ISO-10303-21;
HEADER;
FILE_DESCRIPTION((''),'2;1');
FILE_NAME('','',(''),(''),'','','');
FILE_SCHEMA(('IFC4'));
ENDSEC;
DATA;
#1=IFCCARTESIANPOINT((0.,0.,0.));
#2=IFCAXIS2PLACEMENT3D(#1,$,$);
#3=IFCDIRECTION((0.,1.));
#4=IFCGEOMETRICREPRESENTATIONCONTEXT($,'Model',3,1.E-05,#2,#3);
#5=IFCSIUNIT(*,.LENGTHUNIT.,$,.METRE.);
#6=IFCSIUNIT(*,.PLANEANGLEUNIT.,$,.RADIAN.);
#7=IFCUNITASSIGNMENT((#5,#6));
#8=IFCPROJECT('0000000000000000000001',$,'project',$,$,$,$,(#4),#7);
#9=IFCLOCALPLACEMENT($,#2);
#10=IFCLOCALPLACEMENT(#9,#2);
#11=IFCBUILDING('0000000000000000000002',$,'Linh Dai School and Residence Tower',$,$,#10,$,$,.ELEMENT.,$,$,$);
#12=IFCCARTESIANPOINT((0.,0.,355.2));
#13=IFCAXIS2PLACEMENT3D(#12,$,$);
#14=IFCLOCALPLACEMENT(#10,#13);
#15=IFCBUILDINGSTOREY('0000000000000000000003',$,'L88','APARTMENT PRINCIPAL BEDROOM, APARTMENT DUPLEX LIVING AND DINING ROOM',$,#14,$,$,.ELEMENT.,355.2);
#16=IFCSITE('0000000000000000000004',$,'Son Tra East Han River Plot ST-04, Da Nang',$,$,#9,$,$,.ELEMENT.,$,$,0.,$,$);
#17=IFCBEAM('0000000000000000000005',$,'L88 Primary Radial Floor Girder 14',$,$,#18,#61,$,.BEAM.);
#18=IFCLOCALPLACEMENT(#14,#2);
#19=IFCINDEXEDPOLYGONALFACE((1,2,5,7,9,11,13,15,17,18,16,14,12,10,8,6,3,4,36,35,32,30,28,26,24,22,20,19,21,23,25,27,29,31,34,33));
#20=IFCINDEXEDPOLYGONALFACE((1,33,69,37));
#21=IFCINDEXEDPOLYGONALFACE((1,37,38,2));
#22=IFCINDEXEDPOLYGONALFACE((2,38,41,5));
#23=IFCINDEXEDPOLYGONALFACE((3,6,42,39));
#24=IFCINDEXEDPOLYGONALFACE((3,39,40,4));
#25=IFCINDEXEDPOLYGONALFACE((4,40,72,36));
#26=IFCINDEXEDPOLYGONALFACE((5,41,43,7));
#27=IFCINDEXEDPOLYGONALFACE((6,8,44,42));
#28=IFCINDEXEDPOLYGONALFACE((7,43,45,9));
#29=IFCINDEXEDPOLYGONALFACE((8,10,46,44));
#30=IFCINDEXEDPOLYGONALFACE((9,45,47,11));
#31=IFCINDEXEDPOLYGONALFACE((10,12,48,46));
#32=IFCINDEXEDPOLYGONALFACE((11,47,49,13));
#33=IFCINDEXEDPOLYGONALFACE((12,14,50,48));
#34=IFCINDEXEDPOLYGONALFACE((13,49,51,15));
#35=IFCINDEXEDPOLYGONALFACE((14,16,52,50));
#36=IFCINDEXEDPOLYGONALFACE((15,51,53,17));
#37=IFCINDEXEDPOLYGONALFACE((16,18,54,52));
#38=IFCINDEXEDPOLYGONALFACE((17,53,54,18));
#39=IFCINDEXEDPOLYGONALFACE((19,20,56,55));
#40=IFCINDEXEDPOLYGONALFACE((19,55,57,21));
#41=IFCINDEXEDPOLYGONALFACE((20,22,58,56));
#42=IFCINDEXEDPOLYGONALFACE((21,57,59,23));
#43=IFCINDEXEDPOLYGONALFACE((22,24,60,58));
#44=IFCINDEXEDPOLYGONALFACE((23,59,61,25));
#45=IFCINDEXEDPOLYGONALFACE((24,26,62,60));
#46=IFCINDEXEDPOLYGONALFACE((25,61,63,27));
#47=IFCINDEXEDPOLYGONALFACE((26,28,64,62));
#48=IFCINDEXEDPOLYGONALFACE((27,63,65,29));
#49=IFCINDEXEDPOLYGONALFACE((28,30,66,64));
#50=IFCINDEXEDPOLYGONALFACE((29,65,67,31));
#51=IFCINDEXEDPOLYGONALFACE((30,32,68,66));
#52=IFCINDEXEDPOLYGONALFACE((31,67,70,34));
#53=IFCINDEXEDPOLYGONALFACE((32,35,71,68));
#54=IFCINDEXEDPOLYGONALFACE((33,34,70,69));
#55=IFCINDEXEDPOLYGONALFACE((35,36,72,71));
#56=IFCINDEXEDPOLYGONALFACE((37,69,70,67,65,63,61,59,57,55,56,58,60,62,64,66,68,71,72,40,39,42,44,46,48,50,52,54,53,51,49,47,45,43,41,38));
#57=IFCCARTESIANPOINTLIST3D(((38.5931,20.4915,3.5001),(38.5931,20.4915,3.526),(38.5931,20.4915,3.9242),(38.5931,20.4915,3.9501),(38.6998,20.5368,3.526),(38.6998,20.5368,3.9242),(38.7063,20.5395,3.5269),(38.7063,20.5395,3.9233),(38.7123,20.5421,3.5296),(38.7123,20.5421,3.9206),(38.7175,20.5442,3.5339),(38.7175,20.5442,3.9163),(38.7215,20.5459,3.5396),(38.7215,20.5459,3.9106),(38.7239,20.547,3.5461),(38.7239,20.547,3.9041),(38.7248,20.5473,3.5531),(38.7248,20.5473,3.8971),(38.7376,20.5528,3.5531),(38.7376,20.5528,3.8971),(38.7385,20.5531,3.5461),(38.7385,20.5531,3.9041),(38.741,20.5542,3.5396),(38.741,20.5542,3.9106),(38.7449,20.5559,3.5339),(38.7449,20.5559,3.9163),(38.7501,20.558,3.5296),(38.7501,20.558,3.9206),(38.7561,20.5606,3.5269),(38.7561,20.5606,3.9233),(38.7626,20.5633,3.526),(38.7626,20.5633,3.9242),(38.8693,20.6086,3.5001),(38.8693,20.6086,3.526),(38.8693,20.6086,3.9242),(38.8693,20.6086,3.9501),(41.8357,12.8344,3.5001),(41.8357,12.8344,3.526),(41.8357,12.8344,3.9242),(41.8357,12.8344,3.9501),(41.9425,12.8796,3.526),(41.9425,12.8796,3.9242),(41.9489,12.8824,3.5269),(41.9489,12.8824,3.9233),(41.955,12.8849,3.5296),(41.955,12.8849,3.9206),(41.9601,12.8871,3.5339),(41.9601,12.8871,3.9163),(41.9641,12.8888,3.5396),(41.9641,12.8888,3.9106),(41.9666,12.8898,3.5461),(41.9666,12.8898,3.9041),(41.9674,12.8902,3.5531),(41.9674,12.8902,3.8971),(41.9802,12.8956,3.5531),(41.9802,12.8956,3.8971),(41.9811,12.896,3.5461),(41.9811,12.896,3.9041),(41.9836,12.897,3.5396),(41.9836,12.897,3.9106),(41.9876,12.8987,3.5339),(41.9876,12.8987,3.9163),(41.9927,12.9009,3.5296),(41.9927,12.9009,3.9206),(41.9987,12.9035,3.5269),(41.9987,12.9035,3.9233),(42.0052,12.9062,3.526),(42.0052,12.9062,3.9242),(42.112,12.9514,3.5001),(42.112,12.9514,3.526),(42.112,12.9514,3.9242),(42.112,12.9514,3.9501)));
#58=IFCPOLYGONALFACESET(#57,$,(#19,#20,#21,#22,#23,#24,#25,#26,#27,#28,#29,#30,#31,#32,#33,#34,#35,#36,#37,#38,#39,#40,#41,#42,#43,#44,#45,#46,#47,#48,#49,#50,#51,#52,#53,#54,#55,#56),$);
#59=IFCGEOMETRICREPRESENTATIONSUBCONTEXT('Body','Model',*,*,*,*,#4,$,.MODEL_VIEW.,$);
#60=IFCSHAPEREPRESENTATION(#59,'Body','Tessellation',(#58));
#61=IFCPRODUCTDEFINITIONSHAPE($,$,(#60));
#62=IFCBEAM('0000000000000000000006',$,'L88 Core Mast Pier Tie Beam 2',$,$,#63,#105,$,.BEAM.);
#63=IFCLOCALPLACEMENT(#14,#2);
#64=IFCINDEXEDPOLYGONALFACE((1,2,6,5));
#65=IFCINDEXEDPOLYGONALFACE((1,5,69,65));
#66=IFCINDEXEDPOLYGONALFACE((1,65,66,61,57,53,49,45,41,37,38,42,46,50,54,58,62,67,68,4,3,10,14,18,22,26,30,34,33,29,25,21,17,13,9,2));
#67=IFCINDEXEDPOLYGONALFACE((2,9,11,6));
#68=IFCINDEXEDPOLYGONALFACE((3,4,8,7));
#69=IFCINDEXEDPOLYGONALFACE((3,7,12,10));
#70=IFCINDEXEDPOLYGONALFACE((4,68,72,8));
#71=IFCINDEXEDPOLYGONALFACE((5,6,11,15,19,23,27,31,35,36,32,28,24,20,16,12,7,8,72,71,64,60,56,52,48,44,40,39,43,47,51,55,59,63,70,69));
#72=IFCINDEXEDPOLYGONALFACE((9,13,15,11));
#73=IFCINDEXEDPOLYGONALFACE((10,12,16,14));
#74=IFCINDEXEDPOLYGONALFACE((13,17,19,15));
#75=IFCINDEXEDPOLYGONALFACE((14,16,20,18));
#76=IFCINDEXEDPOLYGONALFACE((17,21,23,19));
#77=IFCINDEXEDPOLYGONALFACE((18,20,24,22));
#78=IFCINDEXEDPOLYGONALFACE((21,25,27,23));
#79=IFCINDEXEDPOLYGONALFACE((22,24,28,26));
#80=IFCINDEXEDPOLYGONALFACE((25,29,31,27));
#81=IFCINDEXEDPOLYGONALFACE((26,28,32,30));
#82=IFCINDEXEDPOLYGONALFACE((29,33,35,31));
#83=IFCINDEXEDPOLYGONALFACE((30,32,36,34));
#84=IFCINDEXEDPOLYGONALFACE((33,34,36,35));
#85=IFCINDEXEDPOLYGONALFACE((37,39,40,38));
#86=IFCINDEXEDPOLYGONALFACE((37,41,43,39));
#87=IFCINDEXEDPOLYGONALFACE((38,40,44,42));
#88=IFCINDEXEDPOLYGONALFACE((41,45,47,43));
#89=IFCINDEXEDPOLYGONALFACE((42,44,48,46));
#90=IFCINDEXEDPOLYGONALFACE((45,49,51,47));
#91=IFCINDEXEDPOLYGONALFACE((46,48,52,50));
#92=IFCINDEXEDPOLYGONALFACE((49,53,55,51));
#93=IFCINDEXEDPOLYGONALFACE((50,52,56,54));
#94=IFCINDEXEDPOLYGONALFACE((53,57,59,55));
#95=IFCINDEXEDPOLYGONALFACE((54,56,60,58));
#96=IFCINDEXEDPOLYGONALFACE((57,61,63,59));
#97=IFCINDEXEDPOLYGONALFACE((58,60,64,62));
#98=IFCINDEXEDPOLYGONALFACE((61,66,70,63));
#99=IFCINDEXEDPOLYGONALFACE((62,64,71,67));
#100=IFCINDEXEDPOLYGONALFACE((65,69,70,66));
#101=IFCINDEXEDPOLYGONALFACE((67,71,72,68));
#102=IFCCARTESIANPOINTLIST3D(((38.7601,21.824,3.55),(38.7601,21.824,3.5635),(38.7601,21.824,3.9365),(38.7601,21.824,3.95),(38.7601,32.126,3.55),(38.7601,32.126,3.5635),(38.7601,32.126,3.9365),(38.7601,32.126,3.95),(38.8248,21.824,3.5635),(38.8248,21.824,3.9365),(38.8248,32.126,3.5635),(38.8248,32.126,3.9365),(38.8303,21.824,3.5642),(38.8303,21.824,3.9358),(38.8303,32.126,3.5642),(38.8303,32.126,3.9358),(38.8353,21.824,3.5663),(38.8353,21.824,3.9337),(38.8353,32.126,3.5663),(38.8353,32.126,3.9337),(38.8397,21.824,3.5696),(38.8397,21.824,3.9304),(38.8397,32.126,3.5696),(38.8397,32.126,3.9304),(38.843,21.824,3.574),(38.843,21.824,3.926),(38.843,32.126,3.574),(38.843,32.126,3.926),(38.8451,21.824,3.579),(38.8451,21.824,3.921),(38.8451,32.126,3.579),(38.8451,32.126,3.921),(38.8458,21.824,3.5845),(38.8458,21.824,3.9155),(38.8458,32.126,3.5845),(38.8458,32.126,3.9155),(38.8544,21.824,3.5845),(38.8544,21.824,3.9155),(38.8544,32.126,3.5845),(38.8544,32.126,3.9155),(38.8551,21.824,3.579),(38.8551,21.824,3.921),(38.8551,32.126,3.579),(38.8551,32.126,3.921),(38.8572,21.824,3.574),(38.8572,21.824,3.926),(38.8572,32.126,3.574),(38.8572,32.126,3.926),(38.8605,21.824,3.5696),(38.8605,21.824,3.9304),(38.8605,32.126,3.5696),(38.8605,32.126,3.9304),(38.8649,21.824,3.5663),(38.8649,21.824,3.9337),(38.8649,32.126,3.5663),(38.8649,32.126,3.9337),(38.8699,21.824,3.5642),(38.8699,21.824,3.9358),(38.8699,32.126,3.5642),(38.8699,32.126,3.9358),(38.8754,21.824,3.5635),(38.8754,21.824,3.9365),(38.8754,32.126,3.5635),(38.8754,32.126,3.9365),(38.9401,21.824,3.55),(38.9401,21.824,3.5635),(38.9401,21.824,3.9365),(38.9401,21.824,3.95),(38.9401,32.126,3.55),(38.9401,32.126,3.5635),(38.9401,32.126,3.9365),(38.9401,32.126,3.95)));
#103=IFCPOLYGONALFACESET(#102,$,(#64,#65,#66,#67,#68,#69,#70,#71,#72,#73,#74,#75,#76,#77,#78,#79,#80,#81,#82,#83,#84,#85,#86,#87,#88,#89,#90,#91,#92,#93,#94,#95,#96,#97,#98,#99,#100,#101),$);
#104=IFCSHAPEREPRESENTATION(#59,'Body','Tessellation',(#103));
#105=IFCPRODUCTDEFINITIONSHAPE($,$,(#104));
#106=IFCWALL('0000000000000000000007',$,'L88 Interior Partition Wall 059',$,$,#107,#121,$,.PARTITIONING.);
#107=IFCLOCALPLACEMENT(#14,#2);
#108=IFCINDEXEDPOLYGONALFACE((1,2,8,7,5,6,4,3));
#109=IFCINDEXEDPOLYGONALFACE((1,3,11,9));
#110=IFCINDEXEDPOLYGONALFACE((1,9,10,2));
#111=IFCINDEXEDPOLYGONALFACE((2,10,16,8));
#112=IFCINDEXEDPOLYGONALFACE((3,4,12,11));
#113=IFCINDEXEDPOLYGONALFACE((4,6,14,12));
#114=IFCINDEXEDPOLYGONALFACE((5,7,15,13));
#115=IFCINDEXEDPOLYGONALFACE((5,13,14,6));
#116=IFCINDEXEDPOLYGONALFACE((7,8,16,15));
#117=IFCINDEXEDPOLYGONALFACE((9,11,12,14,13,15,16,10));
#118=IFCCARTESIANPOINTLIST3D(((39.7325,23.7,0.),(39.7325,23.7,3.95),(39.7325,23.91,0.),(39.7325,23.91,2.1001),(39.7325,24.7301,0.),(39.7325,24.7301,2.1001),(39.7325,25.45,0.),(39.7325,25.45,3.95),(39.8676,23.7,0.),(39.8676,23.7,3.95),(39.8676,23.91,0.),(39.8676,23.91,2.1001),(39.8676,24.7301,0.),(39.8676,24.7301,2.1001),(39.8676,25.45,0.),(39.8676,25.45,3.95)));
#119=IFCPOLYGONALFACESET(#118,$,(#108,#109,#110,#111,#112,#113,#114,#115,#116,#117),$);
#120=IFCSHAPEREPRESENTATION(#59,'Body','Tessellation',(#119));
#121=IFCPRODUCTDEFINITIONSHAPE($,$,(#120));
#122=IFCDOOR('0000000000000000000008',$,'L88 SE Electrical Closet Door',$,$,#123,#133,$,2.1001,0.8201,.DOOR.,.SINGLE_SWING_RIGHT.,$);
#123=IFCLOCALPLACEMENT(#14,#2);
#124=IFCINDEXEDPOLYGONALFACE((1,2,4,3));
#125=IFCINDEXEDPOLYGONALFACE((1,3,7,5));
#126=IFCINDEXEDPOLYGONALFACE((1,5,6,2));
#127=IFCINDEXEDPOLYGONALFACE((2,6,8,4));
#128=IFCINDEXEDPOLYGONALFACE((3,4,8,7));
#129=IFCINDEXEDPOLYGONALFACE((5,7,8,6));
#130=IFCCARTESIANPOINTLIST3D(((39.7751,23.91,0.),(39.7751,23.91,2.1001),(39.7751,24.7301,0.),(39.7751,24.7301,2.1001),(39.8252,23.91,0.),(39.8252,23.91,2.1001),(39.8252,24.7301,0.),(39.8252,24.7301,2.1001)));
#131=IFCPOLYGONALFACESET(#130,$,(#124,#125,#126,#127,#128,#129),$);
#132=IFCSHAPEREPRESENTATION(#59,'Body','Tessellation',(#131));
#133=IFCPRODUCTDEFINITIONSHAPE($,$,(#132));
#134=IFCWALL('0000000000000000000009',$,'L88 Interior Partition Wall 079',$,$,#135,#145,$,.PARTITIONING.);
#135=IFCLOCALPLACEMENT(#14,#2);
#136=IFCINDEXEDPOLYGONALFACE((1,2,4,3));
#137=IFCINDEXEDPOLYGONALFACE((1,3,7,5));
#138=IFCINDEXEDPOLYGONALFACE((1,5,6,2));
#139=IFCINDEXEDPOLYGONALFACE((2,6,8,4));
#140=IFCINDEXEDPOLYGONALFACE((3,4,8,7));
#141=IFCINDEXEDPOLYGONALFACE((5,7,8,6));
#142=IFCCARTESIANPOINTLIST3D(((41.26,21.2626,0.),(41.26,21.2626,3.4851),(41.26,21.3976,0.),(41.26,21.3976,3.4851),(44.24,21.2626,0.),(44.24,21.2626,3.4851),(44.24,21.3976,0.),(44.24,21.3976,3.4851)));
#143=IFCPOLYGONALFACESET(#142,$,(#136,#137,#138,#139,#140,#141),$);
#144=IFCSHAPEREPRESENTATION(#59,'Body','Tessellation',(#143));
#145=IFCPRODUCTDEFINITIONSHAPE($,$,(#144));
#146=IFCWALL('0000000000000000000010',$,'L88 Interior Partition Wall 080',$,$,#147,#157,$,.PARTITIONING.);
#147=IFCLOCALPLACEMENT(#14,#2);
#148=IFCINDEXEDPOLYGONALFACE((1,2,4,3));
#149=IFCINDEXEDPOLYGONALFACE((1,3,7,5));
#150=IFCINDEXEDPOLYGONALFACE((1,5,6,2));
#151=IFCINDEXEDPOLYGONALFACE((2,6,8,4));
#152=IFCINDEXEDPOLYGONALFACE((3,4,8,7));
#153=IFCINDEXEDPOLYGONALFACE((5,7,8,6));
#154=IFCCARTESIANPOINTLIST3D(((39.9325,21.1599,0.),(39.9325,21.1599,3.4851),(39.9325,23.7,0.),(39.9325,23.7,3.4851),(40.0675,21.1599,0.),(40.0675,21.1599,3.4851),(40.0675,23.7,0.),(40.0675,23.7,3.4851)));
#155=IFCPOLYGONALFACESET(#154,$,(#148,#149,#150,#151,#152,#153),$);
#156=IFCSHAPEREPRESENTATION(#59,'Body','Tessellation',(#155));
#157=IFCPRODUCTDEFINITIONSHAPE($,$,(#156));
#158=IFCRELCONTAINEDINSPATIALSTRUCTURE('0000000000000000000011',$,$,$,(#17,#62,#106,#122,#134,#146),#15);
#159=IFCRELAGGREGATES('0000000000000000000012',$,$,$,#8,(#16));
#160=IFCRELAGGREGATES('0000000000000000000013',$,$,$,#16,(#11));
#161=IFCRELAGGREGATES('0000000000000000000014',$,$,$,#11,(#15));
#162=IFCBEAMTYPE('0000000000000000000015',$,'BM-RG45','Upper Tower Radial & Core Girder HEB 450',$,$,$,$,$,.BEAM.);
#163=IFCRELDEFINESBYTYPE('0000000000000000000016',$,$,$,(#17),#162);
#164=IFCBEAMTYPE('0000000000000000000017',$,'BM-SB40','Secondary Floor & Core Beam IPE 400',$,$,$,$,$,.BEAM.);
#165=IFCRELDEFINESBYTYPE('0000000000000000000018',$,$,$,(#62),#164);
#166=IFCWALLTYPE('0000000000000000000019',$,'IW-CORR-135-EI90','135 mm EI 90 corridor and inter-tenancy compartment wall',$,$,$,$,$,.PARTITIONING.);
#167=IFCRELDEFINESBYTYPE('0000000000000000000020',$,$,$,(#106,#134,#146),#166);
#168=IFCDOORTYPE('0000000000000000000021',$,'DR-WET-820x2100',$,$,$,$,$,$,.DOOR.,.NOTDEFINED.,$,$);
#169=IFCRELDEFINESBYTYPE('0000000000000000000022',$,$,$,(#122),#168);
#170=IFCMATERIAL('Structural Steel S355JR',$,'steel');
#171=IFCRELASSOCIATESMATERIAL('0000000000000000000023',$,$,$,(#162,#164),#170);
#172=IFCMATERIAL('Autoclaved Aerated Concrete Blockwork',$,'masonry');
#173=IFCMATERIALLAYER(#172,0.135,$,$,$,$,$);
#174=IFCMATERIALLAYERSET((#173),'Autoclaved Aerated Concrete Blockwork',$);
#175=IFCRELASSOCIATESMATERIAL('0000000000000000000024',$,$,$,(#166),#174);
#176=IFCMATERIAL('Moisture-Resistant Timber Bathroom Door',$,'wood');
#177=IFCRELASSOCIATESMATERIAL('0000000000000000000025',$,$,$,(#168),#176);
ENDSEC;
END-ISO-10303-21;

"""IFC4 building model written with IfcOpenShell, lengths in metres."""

from ifc_helpers import new_model, si_unit, direction, frame, frame_2d, origin, origin_2d, place, context, subcontext, project, spatial, rectangle, i_section, extrude, source, transform, mapped, material, layer, layer_set, material_profile, profile_set, type_object, element, fill, save


model = new_model("IFC4")

# Units and contexts
model_context = context("Model", 3, precision=1e-05, world=origin(), true_north=direction((0.0, 1.0)))
body_context = subcontext(model_context, "Body", "Model", "MODEL_VIEW")
ifc_project = project(units=[si_unit("LENGTHUNIT", "METRE"), si_unit("PLANEANGLEUNIT", "RADIAN")], contexts=[model_context])

# Site, building, storey
site_placement = place(None, origin())
site = spatial("IfcSite", under=ifc_project, at=site_placement, Name="Son Tra East Han River Plot ST-04, Da Nang", CompositionType="ELEMENT", RefElevation=0.0)
building_placement = place(site_placement, origin())
building = spatial("IfcBuilding", under=site, at=building_placement, Name="Linh Dai School and Residence Tower", CompositionType="ELEMENT")
storey_placement = place(building_placement, frame((0.0, 0.0, 355.2)))
storey = spatial("IfcBuildingStorey", under=building, at=storey_placement, Name="L88", Description="APARTMENT PRINCIPAL BEDROOM, APARTMENT DUPLEX LIVING AND DINING ROOM", CompositionType="ELEMENT", Elevation=355.2)

# Shared definitions
ifc_material_1 = material(Name="Structural Steel S355JR", Category="steel")

# Beams
ifc_material_profile_1 = material_profile(ifc_material_1, i_section(OverallWidth=0.3, OverallDepth=0.45, WebThickness=0.0139, FlangeThickness=0.0259, FilletRadius=0.0271, at=origin_2d()), Name="HEB 450")
ifc_profile_set_1 = profile_set([ifc_material_profile_1], Name="Structural Steel S355JR")
beam_type_1 = type_object("IfcBeamType", Name="BM-RG45", Description="Upper Tower Radial & Core Girder HEB 450", PredefinedType="BEAM", material=ifc_profile_set_1)
beam_1_placement = place(storey_placement, frame((38.7312, 20.55, 3.7251), z_axis=(0.389954, -0.920834, 0.0), x_axis=(0.920834, 0.389954, 0.0)))
element("IfcBeam", 1, at=beam_1_placement, inside=storey, type_object=beam_type_1, Name="L88 Primary Radial Floor Girder 14", PredefinedType="BEAM", context=body_context, shape_type="SweptSolid", body=[
    extrude(i_section(OverallWidth=0.3, OverallDepth=0.45, WebThickness=0.0139, FlangeThickness=0.0259, FilletRadius=0.0271, at=origin_2d()), origin(), (0.0, 0.0, 1.0), 8.3154),
])
ifc_material_profile_2 = material_profile(ifc_material_1, i_section(OverallWidth=0.1799, OverallDepth=0.3999, WebThickness=0.0085, FlangeThickness=0.0134, FilletRadius=0.021, at=origin_2d()), Name="IPE 400")
ifc_profile_set_2 = profile_set([ifc_material_profile_2], Name="Structural Steel S355JR")
beam_type_2 = type_object("IfcBeamType", Name="BM-SB40", Description="Secondary Floor & Core Beam IPE 400", PredefinedType="BEAM", material=ifc_profile_set_2)
beam_2_placement = place(storey_placement, frame((38.8501, 21.824, 3.75), z_axis=(0.0, 1.0, 0.0), x_axis=(-1.0, 0.0, 0.0)))
element("IfcBeam", 2, at=beam_2_placement, inside=storey, type_object=beam_type_2, Name="L88 Core Mast Pier Tie Beam 2", PredefinedType="BEAM", context=body_context, shape_type="SweptSolid", body=[
    extrude(i_section(OverallWidth=0.1799, OverallDepth=0.3999, WebThickness=0.0085, FlangeThickness=0.0134, FilletRadius=0.021, at=origin_2d()), origin(), (0.0, 0.0, 1.0), 10.302),
])

# Wall, opening, door
ifc_material_2 = material(Name="Autoclaved Aerated Concrete Blockwork", Category="masonry")
ifc_layer_1 = layer(ifc_material_2, 0.135)
ifc_layer_set_1 = layer_set([ifc_layer_1], Name="Autoclaved Aerated Concrete Blockwork")
wall_type_1 = type_object("IfcWallType", Name="IW-CORR-135-EI90", Description="135 mm EI 90 corridor and inter-tenancy compartment wall", PredefinedType="PARTITIONING", material=ifc_layer_set_1)
wall_1_placement = place(storey_placement, frame((39.8, 23.7, 0.0), z_axis=(0.0, 0.0, 1.0), x_axis=(0.0, 1.0, 0.0)))
wall_1 = element("IfcWall", 3, at=wall_1_placement, inside=storey, type_object=wall_type_1, Name="L88 Interior Partition Wall 059", PredefinedType="PARTITIONING", context=body_context, shape_type="SweptSolid", body=[
    extrude(rectangle(XDim=1.75, YDim=0.135, at=frame_2d((0.875, 0.0))), origin(), (0.0, 0.0, 1.0), 3.95),
])
opening_1_placement = place(wall_1_placement, frame((0.21, 0.0, 0.0)))
opening_1 = element("IfcOpeningElement", 4, at=opening_1_placement, cuts=wall_1, PredefinedType="OPENING", context=body_context, shape_type="SweptSolid", body=[
    extrude(rectangle(XDim=0.8201, YDim=2.1001, at=origin_2d()), frame((0.4102, 0.0776, 1.05), z_axis=(0.0, -1.0, 0.0), x_axis=(1.0, 0.0, 0.0)), (0.0, 0.0, 1.0), 0.155),
])
ifc_material_3 = material(Name="Moisture-Resistant Timber Bathroom Door", Category="wood")
door_type_1 = type_object("IfcDoorType", Name="DR-WET-820x2100", OperationType="NOTDEFINED", PredefinedType="DOOR", material=ifc_material_3)
shared_shape_1 = source(origin(), body_context, "Body", "SweptSolid", [
    extrude(rectangle(XDim=0.8201, YDim=2.1001, at=origin_2d()), frame((0.4102, 0.0249, 1.05), z_axis=(0.0, -1.0, 0.0), x_axis=(1.0, 0.0, 0.0)), (0.0, 0.0, 1.0), 0.05),
])
door_1_placement = place(opening_1_placement, origin())
door_1 = element("IfcDoor", 5, at=door_1_placement, inside=storey, type_object=door_type_1, Name="L88 SE Electrical Closet Door", OperationType="SINGLE_SWING_RIGHT", OverallHeight=2.1001, OverallWidth=0.8201, PredefinedType="DOOR", context=body_context, shape_type="MappedRepresentation", body=[
    mapped(shared_shape_1, transform((0.0, 0.0, 0.0), x_axis=(1.0, 0.0, 0.0), y_axis=(0.0, 1.0, 0.0), z_axis=(0.0, 0.0, 1.0), scale=1.0)),
])
fill(opening_1, door_1)

# Walls
wall_2_placement = place(storey_placement, frame((44.24, 21.3301, 0.0), z_axis=(0.0, 0.0, 1.0), x_axis=(-1.0, 0.0, 0.0)))
element("IfcWall", 6, at=wall_2_placement, inside=storey, type_object=wall_type_1, Name="L88 Interior Partition Wall 079", PredefinedType="PARTITIONING", context=body_context, shape_type="SweptSolid", body=[
    extrude(rectangle(XDim=2.98, YDim=0.135, at=frame_2d((1.49, 0.0))), origin(), (0.0, 0.0, 1.0), 3.4851),
])
wall_3_placement = place(storey_placement, frame((40.0, 23.7, 0.0), z_axis=(0.0, 0.0, 1.0), x_axis=(0.0, -1.0, 0.0)))
element("IfcWall", 7, at=wall_3_placement, inside=storey, type_object=wall_type_1, Name="L88 Interior Partition Wall 080", PredefinedType="PARTITIONING", context=body_context, shape_type="SweptSolid", body=[
    extrude(rectangle(XDim=2.54, YDim=0.135, at=frame_2d((1.27, 0.0))), origin(), (0.0, 0.0, 1.0), 3.4851),
])

save(model, "model.ifc")
